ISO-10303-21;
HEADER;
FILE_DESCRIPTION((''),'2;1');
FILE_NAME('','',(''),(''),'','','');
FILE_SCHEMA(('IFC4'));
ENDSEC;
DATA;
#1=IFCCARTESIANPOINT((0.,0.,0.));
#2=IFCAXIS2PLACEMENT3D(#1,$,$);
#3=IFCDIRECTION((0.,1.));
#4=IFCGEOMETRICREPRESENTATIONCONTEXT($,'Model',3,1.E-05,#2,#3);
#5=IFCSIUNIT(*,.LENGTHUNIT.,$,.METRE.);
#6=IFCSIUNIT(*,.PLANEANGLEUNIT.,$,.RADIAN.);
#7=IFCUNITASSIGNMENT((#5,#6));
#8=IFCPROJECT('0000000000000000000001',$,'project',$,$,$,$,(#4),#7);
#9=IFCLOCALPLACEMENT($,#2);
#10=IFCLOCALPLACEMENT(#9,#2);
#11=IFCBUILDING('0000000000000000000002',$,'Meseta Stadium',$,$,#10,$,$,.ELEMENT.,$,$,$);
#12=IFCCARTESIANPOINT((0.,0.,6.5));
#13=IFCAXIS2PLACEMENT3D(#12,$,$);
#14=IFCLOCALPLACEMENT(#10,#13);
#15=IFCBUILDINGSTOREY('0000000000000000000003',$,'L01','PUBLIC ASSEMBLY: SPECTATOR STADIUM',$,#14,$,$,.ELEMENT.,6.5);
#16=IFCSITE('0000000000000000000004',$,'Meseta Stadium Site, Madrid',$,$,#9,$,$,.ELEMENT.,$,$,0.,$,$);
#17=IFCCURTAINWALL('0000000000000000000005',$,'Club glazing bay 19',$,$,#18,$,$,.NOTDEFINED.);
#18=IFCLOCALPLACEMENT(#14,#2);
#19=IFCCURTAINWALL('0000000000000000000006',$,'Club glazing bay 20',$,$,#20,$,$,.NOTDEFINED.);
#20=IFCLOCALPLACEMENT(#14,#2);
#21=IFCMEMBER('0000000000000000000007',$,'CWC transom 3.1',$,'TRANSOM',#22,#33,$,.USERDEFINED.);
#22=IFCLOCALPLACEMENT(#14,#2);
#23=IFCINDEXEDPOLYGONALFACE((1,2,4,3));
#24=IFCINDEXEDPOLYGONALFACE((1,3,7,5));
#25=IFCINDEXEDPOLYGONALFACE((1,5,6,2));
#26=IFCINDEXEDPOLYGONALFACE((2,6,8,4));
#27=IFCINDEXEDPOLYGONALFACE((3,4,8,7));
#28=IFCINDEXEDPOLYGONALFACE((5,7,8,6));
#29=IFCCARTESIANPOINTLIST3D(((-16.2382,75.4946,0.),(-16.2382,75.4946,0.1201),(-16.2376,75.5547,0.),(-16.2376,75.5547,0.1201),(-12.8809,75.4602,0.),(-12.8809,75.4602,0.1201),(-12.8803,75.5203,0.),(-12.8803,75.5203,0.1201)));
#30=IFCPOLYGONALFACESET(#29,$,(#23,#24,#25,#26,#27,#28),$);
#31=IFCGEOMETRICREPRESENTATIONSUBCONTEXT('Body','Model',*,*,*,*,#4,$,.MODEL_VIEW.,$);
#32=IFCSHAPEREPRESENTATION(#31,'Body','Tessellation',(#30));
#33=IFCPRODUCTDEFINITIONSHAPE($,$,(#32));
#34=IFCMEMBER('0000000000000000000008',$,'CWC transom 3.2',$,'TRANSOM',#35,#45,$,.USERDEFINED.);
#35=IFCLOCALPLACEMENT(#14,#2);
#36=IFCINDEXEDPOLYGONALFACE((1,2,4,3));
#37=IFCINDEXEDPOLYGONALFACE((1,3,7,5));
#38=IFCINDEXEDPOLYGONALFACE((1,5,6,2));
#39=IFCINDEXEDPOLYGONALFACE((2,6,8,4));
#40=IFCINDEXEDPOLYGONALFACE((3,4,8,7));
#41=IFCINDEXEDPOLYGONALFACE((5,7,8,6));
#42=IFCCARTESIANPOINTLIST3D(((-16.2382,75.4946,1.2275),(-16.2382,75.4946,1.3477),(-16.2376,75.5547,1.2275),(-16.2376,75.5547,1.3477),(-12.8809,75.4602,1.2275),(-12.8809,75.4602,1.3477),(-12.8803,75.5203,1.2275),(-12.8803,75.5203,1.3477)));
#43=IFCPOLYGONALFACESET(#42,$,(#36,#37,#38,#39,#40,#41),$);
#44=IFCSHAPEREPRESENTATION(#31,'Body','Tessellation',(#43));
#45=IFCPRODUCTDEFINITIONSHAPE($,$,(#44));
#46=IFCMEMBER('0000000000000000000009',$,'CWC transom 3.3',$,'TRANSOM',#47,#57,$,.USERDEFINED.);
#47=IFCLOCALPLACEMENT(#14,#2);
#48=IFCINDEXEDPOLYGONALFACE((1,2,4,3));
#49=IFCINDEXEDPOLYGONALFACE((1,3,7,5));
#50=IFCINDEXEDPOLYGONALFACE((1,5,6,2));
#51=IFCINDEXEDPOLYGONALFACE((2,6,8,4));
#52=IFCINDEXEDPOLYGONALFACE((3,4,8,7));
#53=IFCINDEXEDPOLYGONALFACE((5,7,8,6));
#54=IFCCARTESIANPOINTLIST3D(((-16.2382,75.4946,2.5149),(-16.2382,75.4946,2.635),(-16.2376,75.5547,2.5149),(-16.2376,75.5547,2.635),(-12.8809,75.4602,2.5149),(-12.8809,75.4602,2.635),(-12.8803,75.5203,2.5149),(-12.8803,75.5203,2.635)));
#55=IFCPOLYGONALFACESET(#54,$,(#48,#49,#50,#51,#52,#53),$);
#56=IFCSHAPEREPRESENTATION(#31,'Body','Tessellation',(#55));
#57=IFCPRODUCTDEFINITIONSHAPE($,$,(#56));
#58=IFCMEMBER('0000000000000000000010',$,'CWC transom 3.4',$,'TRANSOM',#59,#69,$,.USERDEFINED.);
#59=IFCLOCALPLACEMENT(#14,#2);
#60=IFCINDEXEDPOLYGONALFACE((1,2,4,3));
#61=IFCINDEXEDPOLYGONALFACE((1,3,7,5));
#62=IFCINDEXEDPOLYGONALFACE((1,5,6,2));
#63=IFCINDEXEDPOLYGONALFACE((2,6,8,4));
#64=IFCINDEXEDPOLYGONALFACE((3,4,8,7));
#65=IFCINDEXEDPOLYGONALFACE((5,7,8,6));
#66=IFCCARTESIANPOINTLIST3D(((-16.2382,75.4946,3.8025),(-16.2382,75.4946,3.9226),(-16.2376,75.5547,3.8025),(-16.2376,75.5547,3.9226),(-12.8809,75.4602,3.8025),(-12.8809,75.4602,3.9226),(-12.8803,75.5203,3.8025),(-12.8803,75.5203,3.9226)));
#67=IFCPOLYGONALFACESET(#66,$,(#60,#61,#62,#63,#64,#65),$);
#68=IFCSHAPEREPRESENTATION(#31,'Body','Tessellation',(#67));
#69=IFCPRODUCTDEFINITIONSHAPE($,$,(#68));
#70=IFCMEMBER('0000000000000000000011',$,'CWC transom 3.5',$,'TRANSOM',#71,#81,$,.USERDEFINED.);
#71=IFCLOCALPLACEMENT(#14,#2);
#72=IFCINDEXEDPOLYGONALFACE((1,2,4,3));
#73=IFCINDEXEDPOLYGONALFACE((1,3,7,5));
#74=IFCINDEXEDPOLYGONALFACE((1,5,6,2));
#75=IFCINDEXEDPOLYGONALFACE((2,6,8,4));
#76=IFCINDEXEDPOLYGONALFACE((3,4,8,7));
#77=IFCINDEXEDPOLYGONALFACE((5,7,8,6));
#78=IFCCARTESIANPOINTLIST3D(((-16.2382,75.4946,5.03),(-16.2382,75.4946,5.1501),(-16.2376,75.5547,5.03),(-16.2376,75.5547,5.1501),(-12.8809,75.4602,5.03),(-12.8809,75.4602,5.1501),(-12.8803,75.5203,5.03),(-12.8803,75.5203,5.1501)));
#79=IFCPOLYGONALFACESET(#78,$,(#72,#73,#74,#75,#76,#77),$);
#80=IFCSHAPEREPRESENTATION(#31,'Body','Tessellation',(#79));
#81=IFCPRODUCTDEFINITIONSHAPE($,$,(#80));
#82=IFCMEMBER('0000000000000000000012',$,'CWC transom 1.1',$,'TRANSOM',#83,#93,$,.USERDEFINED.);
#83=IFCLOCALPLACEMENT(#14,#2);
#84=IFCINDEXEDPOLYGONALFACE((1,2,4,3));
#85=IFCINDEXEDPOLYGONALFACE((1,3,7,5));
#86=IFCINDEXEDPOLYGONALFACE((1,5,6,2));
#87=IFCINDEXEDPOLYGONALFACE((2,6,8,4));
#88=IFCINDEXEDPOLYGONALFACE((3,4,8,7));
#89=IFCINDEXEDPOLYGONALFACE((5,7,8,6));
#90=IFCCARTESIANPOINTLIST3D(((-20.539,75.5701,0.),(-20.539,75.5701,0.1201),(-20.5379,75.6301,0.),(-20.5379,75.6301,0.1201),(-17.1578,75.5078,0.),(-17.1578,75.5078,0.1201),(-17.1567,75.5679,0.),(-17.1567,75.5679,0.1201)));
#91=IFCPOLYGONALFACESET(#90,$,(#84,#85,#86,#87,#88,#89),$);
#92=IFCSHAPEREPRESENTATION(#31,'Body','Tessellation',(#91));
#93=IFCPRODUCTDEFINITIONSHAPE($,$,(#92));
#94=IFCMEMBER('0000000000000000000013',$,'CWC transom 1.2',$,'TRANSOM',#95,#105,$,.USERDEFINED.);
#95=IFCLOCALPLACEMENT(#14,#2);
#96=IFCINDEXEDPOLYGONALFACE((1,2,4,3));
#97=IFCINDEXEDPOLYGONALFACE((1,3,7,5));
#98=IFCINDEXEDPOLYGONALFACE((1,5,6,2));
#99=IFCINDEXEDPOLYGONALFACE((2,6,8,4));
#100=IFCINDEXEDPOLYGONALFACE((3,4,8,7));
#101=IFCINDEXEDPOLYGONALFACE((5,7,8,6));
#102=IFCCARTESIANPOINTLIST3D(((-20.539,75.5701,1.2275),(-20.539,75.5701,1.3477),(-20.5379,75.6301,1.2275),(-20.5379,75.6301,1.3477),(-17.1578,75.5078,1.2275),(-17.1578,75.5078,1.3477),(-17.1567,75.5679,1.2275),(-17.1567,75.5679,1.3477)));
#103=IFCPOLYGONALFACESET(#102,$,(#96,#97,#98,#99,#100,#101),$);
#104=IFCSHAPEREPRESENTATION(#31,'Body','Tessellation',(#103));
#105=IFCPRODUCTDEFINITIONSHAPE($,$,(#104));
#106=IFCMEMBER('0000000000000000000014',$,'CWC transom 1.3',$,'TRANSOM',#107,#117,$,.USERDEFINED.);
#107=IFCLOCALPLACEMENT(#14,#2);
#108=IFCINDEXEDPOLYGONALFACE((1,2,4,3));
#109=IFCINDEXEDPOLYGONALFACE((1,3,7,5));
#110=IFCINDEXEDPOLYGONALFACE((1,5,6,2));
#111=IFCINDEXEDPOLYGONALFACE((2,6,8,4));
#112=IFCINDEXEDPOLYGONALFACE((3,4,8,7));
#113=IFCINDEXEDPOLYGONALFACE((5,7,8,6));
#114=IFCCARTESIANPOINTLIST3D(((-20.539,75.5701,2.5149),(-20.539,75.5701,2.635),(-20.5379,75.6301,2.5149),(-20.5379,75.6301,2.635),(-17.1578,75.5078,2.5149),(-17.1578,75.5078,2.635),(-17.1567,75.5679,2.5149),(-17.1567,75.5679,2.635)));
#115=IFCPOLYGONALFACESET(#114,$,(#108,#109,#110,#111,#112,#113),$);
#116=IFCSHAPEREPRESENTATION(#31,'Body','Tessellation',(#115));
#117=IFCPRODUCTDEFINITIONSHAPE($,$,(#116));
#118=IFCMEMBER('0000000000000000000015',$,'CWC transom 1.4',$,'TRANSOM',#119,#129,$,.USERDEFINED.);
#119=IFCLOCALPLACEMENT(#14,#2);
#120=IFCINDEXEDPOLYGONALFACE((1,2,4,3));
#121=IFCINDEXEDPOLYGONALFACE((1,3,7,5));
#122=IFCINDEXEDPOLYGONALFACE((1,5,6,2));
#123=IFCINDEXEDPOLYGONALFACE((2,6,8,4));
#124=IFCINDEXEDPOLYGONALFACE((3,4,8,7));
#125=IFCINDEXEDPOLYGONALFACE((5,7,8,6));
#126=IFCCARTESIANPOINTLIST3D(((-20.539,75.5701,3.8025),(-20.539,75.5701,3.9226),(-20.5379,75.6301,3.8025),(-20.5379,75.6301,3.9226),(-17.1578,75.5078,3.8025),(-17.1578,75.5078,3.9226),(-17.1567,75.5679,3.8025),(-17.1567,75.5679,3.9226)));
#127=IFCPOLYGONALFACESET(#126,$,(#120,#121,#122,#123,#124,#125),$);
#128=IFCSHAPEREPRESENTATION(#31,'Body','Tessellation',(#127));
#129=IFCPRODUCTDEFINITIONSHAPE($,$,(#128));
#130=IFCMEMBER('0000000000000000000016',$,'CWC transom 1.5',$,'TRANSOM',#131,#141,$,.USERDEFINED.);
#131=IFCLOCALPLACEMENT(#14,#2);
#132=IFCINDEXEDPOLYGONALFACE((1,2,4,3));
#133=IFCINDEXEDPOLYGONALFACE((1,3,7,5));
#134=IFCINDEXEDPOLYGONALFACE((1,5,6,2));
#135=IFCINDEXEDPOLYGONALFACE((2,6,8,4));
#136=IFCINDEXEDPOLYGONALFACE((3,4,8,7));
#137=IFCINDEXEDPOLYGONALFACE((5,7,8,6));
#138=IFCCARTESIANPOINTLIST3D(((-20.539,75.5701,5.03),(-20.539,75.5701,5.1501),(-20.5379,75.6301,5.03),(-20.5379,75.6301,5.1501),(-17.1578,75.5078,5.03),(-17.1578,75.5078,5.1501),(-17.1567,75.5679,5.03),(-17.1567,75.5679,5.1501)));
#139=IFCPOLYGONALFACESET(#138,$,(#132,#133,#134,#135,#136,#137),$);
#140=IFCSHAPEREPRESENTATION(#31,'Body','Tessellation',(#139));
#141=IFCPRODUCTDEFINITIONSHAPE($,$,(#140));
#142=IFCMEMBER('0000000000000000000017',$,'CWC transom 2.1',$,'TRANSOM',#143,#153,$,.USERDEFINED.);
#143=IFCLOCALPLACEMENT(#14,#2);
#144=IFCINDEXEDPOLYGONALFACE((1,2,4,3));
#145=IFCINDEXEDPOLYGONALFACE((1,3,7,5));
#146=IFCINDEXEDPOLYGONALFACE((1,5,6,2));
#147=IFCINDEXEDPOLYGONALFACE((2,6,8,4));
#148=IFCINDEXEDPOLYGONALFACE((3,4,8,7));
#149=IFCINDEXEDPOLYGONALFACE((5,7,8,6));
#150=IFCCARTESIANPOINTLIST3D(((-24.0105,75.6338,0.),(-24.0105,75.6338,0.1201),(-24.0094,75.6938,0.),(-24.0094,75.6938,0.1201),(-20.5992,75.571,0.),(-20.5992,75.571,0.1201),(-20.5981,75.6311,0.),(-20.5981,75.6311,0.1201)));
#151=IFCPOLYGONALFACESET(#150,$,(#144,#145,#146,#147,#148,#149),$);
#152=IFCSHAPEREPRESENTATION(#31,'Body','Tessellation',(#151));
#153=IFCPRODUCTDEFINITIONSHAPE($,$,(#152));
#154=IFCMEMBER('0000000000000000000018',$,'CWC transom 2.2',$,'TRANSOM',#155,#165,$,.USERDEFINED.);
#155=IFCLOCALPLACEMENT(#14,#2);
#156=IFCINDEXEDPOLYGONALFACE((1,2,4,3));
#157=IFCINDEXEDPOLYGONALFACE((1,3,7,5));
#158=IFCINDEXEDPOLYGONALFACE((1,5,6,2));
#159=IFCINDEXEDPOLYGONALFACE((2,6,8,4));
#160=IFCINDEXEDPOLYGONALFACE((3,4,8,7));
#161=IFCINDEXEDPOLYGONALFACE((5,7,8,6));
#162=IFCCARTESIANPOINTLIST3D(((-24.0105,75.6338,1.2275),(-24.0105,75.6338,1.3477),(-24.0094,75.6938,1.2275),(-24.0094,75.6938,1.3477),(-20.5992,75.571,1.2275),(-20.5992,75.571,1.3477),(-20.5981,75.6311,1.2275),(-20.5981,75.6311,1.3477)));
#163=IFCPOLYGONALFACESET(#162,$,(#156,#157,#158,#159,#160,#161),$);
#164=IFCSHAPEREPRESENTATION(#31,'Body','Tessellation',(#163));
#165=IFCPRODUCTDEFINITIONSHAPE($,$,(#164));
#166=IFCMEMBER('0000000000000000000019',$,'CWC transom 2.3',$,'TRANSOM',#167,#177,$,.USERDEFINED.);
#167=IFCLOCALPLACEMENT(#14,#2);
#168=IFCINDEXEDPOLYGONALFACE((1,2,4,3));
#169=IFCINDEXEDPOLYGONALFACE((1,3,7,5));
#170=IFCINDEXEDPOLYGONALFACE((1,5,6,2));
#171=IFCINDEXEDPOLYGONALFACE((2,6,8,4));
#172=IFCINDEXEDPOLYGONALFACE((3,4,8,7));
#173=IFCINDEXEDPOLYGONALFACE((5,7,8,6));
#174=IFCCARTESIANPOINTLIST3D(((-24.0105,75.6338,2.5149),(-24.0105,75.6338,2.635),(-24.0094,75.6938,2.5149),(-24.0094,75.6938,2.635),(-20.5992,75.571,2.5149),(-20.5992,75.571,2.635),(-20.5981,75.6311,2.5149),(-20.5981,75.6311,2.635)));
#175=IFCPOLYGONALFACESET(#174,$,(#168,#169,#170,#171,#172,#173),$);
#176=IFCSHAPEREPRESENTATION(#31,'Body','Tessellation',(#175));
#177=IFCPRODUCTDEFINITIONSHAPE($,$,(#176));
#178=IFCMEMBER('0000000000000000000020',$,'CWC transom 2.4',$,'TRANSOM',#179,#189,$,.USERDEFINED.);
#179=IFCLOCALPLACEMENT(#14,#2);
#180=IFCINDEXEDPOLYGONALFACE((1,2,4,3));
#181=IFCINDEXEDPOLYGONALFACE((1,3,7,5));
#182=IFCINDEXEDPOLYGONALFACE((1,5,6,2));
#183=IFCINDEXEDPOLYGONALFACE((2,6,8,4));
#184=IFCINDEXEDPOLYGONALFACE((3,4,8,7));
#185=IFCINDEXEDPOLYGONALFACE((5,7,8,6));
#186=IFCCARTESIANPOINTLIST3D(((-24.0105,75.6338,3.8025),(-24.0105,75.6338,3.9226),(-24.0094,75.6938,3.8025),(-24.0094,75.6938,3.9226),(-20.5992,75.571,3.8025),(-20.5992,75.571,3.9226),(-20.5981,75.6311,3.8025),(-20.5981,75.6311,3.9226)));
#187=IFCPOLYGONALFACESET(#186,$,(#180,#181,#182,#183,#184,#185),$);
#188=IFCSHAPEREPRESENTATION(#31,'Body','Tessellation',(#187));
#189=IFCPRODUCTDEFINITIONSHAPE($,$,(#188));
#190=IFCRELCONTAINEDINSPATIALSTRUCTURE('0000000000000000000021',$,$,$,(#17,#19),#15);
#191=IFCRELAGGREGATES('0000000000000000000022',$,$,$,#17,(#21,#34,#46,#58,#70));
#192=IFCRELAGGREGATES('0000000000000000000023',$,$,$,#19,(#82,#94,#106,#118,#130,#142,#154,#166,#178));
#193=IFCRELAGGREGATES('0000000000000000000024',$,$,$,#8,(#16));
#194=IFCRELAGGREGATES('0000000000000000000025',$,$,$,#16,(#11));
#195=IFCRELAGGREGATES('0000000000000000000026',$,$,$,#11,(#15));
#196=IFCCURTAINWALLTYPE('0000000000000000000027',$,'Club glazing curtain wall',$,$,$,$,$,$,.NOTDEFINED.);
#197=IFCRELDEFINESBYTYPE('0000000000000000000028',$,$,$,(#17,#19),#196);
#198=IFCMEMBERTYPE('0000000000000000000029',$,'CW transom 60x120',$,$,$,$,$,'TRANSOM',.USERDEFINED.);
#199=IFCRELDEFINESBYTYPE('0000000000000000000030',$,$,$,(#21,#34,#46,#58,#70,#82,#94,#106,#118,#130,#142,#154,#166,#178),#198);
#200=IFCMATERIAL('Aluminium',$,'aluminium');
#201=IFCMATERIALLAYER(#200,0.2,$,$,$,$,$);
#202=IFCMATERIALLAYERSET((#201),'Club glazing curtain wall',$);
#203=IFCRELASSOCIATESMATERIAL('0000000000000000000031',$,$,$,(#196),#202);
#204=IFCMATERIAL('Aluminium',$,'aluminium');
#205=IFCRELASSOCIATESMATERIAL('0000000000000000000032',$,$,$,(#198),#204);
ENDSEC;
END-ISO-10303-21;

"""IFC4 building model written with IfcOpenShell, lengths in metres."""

from ifc_helpers import new_model, si_unit, direction, frame, origin, origin_2d, place, context, subcontext, project, spatial, rectangle, extrude, material, layer, layer_set, material_profile, profile_set, type_object, element, aggregate, save


model = new_model("IFC4")

# Units and contexts
model_context = context("Model", 3, precision=1e-05, world=origin(), true_north=direction((0.0, 1.0)))
body_context = subcontext(model_context, "Body", "Model", "MODEL_VIEW")
ifc_project = project(units=[si_unit("LENGTHUNIT", "METRE"), si_unit("PLANEANGLEUNIT", "RADIAN")], contexts=[model_context])

# Site, building, storey
site_placement = place(None, origin())
site = spatial("IfcSite", under=ifc_project, at=site_placement, Name="Meseta Stadium Site, Madrid", CompositionType="ELEMENT", RefElevation=0.0)
building_placement = place(site_placement, origin())
building = spatial("IfcBuilding", under=site, at=building_placement, Name="Meseta Stadium", CompositionType="ELEMENT")
storey_placement = place(building_placement, frame((0.0, 0.0, 6.5)))
storey = spatial("IfcBuildingStorey", under=building, at=storey_placement, Name="L01", Description="PUBLIC ASSEMBLY: SPECTATOR STADIUM", CompositionType="ELEMENT", Elevation=6.5)

# Curtain wall
ifc_material_1 = material(Name="Aluminium", Category="aluminium")
ifc_layer_1 = layer(ifc_material_1, 0.2)
ifc_layer_set_1 = layer_set([ifc_layer_1], Name="Club glazing curtain wall")
curtain_wall_type = type_object("IfcCurtainWallType", Name="Club glazing curtain wall", PredefinedType="NOTDEFINED", material=ifc_layer_set_1)
curtain_wall_1_placement = place(storey_placement, origin())
curtain_wall_1 = element("IfcCurtainWall", 1, at=curtain_wall_1_placement, inside=storey, type_object=curtain_wall_type, Name="Club glazing bay 19", PredefinedType="NOTDEFINED")

# Curtain wall
curtain_wall_2_placement = place(storey_placement, origin())
curtain_wall_2 = element("IfcCurtainWall", 2, at=curtain_wall_2_placement, inside=storey, type_object=curtain_wall_type, Name="Club glazing bay 20", PredefinedType="NOTDEFINED")

# Members
ifc_material_2 = material(Name="Aluminium", Category="aluminium")
ifc_material_profile_1 = material_profile(ifc_material_2, rectangle(XDim=0.0601, YDim=0.1201, at=origin_2d()), Name="CW 60x120")
ifc_profile_set_1 = profile_set([ifc_material_profile_1], Name="Aluminium")
member_type_1 = type_object("IfcMemberType", Name="CW transom 60x120", ElementType="TRANSOM", PredefinedType="USERDEFINED", material=ifc_profile_set_1)
member_1_placement = place(storey_placement, frame((-12.8806, 75.4902, 0.0601), z_axis=(-0.999947, 0.010253, 0.0), x_axis=(-0.010253, -0.999947, 0.0)))
member_1 = element("IfcMember", 3, at=member_1_placement, type_object=member_type_1, Name="CWC transom 3.1", ObjectType="TRANSOM", PredefinedType="USERDEFINED", context=body_context, shape_type="SweptSolid", body=[
    extrude(rectangle(XDim=0.0601, YDim=0.1201, at=origin_2d()), origin(), (0.0, 0.0, 1.0), 3.3574),
])
member_2_placement = place(storey_placement, frame((-12.8806, 75.4902, 1.2876), z_axis=(-0.999947, 0.010253, 0.0), x_axis=(-0.010253, -0.999947, 0.0)))
member_2 = element("IfcMember", 4, at=member_2_placement, type_object=member_type_1, Name="CWC transom 3.2", ObjectType="TRANSOM", PredefinedType="USERDEFINED", context=body_context, shape_type="SweptSolid", body=[
    extrude(rectangle(XDim=0.0601, YDim=0.1201, at=origin_2d()), origin(), (0.0, 0.0, 1.0), 3.3574),
])
member_3_placement = place(storey_placement, frame((-12.8806, 75.4902, 2.575), z_axis=(-0.999947, 0.010253, 0.0), x_axis=(-0.010253, -0.999947, 0.0)))
member_3 = element("IfcMember", 5, at=member_3_placement, type_object=member_type_1, Name="CWC transom 3.3", ObjectType="TRANSOM", PredefinedType="USERDEFINED", context=body_context, shape_type="SweptSolid", body=[
    extrude(rectangle(XDim=0.0601, YDim=0.1201, at=origin_2d()), origin(), (0.0, 0.0, 1.0), 3.3574),
])
member_4_placement = place(storey_placement, frame((-12.8806, 75.4902, 3.8625), z_axis=(-0.999947, 0.010253, 0.0), x_axis=(-0.010253, -0.999947, 0.0)))
member_4 = element("IfcMember", 6, at=member_4_placement, type_object=member_type_1, Name="CWC transom 3.4", ObjectType="TRANSOM", PredefinedType="USERDEFINED", context=body_context, shape_type="SweptSolid", body=[
    extrude(rectangle(XDim=0.0601, YDim=0.1201, at=origin_2d()), origin(), (0.0, 0.0, 1.0), 3.3574),
])
member_5_placement = place(storey_placement, frame((-12.8806, 75.4902, 5.0901), z_axis=(-0.999947, 0.010253, 0.0), x_axis=(-0.010253, -0.999947, 0.0)))
member_5 = element("IfcMember", 7, at=member_5_placement, type_object=member_type_1, Name="CWC transom 3.5", ObjectType="TRANSOM", PredefinedType="USERDEFINED", context=body_context, shape_type="SweptSolid", body=[
    extrude(rectangle(XDim=0.0601, YDim=0.1201, at=origin_2d()), origin(), (0.0, 0.0, 1.0), 3.3574),
])
member_6_placement = place(storey_placement, frame((-17.1572, 75.5378, 0.0601), z_axis=(-0.999831, 0.018408, 0.0), x_axis=(-0.018408, -0.999831, 0.0)))
member_6 = element("IfcMember", 8, at=member_6_placement, type_object=member_type_1, Name="CWC transom 1.1", ObjectType="TRANSOM", PredefinedType="USERDEFINED", context=body_context, shape_type="SweptSolid", body=[
    extrude(rectangle(XDim=0.0601, YDim=0.1201, at=origin_2d()), origin(), (0.0, 0.0, 1.0), 3.3818),
])
member_7_placement = place(storey_placement, frame((-17.1572, 75.5378, 1.2876), z_axis=(-0.999831, 0.018408, 0.0), x_axis=(-0.018408, -0.999831, 0.0)))
member_7 = element("IfcMember", 9, at=member_7_placement, type_object=member_type_1, Name="CWC transom 1.2", ObjectType="TRANSOM", PredefinedType="USERDEFINED", context=body_context, shape_type="SweptSolid", body=[
    extrude(rectangle(XDim=0.0601, YDim=0.1201, at=origin_2d()), origin(), (0.0, 0.0, 1.0), 3.3818),
])
member_8_placement = place(storey_placement, frame((-17.1572, 75.5378, 2.575), z_axis=(-0.999831, 0.018408, 0.0), x_axis=(-0.018408, -0.999831, 0.0)))
member_8 = element("IfcMember", 10, at=member_8_placement, type_object=member_type_1, Name="CWC transom 1.3", ObjectType="TRANSOM", PredefinedType="USERDEFINED", context=body_context, shape_type="SweptSolid", body=[
    extrude(rectangle(XDim=0.0601, YDim=0.1201, at=origin_2d()), origin(), (0.0, 0.0, 1.0), 3.3818),
])
member_9_placement = place(storey_placement, frame((-17.1572, 75.5378, 3.8625), z_axis=(-0.999831, 0.018408, 0.0), x_axis=(-0.018408, -0.999831, 0.0)))
member_9 = element("IfcMember", 11, at=member_9_placement, type_object=member_type_1, Name="CWC transom 1.4", ObjectType="TRANSOM", PredefinedType="USERDEFINED", context=body_context, shape_type="SweptSolid", body=[
    extrude(rectangle(XDim=0.0601, YDim=0.1201, at=origin_2d()), origin(), (0.0, 0.0, 1.0), 3.3818),
])
member_10_placement = place(storey_placement, frame((-17.1572, 75.5378, 5.0901), z_axis=(-0.999831, 0.018408, 0.0), x_axis=(-0.018408, -0.999831, 0.0)))
member_10 = element("IfcMember", 12, at=member_10_placement, type_object=member_type_1, Name="CWC transom 1.5", ObjectType="TRANSOM", PredefinedType="USERDEFINED", context=body_context, shape_type="SweptSolid", body=[
    extrude(rectangle(XDim=0.0601, YDim=0.1201, at=origin_2d()), origin(), (0.0, 0.0, 1.0), 3.3818),
])
member_11_placement = place(storey_placement, frame((-20.5986, 75.6011, 0.0601), z_axis=(-0.999831, 0.01839, 0.0), x_axis=(-0.01839, -0.999831, 0.0)))
member_11 = element("IfcMember", 13, at=member_11_placement, type_object=member_type_1, Name="CWC transom 2.1", ObjectType="TRANSOM", PredefinedType="USERDEFINED", context=body_context, shape_type="SweptSolid", body=[
    extrude(rectangle(XDim=0.0601, YDim=0.1201, at=origin_2d()), origin(), (0.0, 0.0, 1.0), 3.4119),
])
member_12_placement = place(storey_placement, frame((-20.5986, 75.6011, 1.2876), z_axis=(-0.999831, 0.01839, 0.0), x_axis=(-0.01839, -0.999831, 0.0)))
member_12 = element("IfcMember", 14, at=member_12_placement, type_object=member_type_1, Name="CWC transom 2.2", ObjectType="TRANSOM", PredefinedType="USERDEFINED", context=body_context, shape_type="SweptSolid", body=[
    extrude(rectangle(XDim=0.0601, YDim=0.1201, at=origin_2d()), origin(), (0.0, 0.0, 1.0), 3.4119),
])
member_13_placement = place(storey_placement, frame((-20.5986, 75.6011, 2.575), z_axis=(-0.999831, 0.01839, 0.0), x_axis=(-0.01839, -0.999831, 0.0)))
member_13 = element("IfcMember", 15, at=member_13_placement, type_object=member_type_1, Name="CWC transom 2.3", ObjectType="TRANSOM", PredefinedType="USERDEFINED", context=body_context, shape_type="SweptSolid", body=[
    extrude(rectangle(XDim=0.0601, YDim=0.1201, at=origin_2d()), origin(), (0.0, 0.0, 1.0), 3.4119),
])
member_14_placement = place(storey_placement, frame((-20.5986, 75.6011, 3.8625), z_axis=(-0.999831, 0.01839, 0.0), x_axis=(-0.01839, -0.999831, 0.0)))
member_14 = element("IfcMember", 16, at=member_14_placement, type_object=member_type_1, Name="CWC transom 2.4", ObjectType="TRANSOM", PredefinedType="USERDEFINED", context=body_context, shape_type="SweptSolid", body=[
    extrude(rectangle(XDim=0.0601, YDim=0.1201, at=origin_2d()), origin(), (0.0, 0.0, 1.0), 3.4119),
])

aggregate(curtain_wall_1, [member_1, member_2, member_3, member_4, member_5])
aggregate(curtain_wall_2, [member_6, member_7, member_8, member_9, member_10, member_11, member_12, member_13, member_14])

save(model, "model.ifc")
